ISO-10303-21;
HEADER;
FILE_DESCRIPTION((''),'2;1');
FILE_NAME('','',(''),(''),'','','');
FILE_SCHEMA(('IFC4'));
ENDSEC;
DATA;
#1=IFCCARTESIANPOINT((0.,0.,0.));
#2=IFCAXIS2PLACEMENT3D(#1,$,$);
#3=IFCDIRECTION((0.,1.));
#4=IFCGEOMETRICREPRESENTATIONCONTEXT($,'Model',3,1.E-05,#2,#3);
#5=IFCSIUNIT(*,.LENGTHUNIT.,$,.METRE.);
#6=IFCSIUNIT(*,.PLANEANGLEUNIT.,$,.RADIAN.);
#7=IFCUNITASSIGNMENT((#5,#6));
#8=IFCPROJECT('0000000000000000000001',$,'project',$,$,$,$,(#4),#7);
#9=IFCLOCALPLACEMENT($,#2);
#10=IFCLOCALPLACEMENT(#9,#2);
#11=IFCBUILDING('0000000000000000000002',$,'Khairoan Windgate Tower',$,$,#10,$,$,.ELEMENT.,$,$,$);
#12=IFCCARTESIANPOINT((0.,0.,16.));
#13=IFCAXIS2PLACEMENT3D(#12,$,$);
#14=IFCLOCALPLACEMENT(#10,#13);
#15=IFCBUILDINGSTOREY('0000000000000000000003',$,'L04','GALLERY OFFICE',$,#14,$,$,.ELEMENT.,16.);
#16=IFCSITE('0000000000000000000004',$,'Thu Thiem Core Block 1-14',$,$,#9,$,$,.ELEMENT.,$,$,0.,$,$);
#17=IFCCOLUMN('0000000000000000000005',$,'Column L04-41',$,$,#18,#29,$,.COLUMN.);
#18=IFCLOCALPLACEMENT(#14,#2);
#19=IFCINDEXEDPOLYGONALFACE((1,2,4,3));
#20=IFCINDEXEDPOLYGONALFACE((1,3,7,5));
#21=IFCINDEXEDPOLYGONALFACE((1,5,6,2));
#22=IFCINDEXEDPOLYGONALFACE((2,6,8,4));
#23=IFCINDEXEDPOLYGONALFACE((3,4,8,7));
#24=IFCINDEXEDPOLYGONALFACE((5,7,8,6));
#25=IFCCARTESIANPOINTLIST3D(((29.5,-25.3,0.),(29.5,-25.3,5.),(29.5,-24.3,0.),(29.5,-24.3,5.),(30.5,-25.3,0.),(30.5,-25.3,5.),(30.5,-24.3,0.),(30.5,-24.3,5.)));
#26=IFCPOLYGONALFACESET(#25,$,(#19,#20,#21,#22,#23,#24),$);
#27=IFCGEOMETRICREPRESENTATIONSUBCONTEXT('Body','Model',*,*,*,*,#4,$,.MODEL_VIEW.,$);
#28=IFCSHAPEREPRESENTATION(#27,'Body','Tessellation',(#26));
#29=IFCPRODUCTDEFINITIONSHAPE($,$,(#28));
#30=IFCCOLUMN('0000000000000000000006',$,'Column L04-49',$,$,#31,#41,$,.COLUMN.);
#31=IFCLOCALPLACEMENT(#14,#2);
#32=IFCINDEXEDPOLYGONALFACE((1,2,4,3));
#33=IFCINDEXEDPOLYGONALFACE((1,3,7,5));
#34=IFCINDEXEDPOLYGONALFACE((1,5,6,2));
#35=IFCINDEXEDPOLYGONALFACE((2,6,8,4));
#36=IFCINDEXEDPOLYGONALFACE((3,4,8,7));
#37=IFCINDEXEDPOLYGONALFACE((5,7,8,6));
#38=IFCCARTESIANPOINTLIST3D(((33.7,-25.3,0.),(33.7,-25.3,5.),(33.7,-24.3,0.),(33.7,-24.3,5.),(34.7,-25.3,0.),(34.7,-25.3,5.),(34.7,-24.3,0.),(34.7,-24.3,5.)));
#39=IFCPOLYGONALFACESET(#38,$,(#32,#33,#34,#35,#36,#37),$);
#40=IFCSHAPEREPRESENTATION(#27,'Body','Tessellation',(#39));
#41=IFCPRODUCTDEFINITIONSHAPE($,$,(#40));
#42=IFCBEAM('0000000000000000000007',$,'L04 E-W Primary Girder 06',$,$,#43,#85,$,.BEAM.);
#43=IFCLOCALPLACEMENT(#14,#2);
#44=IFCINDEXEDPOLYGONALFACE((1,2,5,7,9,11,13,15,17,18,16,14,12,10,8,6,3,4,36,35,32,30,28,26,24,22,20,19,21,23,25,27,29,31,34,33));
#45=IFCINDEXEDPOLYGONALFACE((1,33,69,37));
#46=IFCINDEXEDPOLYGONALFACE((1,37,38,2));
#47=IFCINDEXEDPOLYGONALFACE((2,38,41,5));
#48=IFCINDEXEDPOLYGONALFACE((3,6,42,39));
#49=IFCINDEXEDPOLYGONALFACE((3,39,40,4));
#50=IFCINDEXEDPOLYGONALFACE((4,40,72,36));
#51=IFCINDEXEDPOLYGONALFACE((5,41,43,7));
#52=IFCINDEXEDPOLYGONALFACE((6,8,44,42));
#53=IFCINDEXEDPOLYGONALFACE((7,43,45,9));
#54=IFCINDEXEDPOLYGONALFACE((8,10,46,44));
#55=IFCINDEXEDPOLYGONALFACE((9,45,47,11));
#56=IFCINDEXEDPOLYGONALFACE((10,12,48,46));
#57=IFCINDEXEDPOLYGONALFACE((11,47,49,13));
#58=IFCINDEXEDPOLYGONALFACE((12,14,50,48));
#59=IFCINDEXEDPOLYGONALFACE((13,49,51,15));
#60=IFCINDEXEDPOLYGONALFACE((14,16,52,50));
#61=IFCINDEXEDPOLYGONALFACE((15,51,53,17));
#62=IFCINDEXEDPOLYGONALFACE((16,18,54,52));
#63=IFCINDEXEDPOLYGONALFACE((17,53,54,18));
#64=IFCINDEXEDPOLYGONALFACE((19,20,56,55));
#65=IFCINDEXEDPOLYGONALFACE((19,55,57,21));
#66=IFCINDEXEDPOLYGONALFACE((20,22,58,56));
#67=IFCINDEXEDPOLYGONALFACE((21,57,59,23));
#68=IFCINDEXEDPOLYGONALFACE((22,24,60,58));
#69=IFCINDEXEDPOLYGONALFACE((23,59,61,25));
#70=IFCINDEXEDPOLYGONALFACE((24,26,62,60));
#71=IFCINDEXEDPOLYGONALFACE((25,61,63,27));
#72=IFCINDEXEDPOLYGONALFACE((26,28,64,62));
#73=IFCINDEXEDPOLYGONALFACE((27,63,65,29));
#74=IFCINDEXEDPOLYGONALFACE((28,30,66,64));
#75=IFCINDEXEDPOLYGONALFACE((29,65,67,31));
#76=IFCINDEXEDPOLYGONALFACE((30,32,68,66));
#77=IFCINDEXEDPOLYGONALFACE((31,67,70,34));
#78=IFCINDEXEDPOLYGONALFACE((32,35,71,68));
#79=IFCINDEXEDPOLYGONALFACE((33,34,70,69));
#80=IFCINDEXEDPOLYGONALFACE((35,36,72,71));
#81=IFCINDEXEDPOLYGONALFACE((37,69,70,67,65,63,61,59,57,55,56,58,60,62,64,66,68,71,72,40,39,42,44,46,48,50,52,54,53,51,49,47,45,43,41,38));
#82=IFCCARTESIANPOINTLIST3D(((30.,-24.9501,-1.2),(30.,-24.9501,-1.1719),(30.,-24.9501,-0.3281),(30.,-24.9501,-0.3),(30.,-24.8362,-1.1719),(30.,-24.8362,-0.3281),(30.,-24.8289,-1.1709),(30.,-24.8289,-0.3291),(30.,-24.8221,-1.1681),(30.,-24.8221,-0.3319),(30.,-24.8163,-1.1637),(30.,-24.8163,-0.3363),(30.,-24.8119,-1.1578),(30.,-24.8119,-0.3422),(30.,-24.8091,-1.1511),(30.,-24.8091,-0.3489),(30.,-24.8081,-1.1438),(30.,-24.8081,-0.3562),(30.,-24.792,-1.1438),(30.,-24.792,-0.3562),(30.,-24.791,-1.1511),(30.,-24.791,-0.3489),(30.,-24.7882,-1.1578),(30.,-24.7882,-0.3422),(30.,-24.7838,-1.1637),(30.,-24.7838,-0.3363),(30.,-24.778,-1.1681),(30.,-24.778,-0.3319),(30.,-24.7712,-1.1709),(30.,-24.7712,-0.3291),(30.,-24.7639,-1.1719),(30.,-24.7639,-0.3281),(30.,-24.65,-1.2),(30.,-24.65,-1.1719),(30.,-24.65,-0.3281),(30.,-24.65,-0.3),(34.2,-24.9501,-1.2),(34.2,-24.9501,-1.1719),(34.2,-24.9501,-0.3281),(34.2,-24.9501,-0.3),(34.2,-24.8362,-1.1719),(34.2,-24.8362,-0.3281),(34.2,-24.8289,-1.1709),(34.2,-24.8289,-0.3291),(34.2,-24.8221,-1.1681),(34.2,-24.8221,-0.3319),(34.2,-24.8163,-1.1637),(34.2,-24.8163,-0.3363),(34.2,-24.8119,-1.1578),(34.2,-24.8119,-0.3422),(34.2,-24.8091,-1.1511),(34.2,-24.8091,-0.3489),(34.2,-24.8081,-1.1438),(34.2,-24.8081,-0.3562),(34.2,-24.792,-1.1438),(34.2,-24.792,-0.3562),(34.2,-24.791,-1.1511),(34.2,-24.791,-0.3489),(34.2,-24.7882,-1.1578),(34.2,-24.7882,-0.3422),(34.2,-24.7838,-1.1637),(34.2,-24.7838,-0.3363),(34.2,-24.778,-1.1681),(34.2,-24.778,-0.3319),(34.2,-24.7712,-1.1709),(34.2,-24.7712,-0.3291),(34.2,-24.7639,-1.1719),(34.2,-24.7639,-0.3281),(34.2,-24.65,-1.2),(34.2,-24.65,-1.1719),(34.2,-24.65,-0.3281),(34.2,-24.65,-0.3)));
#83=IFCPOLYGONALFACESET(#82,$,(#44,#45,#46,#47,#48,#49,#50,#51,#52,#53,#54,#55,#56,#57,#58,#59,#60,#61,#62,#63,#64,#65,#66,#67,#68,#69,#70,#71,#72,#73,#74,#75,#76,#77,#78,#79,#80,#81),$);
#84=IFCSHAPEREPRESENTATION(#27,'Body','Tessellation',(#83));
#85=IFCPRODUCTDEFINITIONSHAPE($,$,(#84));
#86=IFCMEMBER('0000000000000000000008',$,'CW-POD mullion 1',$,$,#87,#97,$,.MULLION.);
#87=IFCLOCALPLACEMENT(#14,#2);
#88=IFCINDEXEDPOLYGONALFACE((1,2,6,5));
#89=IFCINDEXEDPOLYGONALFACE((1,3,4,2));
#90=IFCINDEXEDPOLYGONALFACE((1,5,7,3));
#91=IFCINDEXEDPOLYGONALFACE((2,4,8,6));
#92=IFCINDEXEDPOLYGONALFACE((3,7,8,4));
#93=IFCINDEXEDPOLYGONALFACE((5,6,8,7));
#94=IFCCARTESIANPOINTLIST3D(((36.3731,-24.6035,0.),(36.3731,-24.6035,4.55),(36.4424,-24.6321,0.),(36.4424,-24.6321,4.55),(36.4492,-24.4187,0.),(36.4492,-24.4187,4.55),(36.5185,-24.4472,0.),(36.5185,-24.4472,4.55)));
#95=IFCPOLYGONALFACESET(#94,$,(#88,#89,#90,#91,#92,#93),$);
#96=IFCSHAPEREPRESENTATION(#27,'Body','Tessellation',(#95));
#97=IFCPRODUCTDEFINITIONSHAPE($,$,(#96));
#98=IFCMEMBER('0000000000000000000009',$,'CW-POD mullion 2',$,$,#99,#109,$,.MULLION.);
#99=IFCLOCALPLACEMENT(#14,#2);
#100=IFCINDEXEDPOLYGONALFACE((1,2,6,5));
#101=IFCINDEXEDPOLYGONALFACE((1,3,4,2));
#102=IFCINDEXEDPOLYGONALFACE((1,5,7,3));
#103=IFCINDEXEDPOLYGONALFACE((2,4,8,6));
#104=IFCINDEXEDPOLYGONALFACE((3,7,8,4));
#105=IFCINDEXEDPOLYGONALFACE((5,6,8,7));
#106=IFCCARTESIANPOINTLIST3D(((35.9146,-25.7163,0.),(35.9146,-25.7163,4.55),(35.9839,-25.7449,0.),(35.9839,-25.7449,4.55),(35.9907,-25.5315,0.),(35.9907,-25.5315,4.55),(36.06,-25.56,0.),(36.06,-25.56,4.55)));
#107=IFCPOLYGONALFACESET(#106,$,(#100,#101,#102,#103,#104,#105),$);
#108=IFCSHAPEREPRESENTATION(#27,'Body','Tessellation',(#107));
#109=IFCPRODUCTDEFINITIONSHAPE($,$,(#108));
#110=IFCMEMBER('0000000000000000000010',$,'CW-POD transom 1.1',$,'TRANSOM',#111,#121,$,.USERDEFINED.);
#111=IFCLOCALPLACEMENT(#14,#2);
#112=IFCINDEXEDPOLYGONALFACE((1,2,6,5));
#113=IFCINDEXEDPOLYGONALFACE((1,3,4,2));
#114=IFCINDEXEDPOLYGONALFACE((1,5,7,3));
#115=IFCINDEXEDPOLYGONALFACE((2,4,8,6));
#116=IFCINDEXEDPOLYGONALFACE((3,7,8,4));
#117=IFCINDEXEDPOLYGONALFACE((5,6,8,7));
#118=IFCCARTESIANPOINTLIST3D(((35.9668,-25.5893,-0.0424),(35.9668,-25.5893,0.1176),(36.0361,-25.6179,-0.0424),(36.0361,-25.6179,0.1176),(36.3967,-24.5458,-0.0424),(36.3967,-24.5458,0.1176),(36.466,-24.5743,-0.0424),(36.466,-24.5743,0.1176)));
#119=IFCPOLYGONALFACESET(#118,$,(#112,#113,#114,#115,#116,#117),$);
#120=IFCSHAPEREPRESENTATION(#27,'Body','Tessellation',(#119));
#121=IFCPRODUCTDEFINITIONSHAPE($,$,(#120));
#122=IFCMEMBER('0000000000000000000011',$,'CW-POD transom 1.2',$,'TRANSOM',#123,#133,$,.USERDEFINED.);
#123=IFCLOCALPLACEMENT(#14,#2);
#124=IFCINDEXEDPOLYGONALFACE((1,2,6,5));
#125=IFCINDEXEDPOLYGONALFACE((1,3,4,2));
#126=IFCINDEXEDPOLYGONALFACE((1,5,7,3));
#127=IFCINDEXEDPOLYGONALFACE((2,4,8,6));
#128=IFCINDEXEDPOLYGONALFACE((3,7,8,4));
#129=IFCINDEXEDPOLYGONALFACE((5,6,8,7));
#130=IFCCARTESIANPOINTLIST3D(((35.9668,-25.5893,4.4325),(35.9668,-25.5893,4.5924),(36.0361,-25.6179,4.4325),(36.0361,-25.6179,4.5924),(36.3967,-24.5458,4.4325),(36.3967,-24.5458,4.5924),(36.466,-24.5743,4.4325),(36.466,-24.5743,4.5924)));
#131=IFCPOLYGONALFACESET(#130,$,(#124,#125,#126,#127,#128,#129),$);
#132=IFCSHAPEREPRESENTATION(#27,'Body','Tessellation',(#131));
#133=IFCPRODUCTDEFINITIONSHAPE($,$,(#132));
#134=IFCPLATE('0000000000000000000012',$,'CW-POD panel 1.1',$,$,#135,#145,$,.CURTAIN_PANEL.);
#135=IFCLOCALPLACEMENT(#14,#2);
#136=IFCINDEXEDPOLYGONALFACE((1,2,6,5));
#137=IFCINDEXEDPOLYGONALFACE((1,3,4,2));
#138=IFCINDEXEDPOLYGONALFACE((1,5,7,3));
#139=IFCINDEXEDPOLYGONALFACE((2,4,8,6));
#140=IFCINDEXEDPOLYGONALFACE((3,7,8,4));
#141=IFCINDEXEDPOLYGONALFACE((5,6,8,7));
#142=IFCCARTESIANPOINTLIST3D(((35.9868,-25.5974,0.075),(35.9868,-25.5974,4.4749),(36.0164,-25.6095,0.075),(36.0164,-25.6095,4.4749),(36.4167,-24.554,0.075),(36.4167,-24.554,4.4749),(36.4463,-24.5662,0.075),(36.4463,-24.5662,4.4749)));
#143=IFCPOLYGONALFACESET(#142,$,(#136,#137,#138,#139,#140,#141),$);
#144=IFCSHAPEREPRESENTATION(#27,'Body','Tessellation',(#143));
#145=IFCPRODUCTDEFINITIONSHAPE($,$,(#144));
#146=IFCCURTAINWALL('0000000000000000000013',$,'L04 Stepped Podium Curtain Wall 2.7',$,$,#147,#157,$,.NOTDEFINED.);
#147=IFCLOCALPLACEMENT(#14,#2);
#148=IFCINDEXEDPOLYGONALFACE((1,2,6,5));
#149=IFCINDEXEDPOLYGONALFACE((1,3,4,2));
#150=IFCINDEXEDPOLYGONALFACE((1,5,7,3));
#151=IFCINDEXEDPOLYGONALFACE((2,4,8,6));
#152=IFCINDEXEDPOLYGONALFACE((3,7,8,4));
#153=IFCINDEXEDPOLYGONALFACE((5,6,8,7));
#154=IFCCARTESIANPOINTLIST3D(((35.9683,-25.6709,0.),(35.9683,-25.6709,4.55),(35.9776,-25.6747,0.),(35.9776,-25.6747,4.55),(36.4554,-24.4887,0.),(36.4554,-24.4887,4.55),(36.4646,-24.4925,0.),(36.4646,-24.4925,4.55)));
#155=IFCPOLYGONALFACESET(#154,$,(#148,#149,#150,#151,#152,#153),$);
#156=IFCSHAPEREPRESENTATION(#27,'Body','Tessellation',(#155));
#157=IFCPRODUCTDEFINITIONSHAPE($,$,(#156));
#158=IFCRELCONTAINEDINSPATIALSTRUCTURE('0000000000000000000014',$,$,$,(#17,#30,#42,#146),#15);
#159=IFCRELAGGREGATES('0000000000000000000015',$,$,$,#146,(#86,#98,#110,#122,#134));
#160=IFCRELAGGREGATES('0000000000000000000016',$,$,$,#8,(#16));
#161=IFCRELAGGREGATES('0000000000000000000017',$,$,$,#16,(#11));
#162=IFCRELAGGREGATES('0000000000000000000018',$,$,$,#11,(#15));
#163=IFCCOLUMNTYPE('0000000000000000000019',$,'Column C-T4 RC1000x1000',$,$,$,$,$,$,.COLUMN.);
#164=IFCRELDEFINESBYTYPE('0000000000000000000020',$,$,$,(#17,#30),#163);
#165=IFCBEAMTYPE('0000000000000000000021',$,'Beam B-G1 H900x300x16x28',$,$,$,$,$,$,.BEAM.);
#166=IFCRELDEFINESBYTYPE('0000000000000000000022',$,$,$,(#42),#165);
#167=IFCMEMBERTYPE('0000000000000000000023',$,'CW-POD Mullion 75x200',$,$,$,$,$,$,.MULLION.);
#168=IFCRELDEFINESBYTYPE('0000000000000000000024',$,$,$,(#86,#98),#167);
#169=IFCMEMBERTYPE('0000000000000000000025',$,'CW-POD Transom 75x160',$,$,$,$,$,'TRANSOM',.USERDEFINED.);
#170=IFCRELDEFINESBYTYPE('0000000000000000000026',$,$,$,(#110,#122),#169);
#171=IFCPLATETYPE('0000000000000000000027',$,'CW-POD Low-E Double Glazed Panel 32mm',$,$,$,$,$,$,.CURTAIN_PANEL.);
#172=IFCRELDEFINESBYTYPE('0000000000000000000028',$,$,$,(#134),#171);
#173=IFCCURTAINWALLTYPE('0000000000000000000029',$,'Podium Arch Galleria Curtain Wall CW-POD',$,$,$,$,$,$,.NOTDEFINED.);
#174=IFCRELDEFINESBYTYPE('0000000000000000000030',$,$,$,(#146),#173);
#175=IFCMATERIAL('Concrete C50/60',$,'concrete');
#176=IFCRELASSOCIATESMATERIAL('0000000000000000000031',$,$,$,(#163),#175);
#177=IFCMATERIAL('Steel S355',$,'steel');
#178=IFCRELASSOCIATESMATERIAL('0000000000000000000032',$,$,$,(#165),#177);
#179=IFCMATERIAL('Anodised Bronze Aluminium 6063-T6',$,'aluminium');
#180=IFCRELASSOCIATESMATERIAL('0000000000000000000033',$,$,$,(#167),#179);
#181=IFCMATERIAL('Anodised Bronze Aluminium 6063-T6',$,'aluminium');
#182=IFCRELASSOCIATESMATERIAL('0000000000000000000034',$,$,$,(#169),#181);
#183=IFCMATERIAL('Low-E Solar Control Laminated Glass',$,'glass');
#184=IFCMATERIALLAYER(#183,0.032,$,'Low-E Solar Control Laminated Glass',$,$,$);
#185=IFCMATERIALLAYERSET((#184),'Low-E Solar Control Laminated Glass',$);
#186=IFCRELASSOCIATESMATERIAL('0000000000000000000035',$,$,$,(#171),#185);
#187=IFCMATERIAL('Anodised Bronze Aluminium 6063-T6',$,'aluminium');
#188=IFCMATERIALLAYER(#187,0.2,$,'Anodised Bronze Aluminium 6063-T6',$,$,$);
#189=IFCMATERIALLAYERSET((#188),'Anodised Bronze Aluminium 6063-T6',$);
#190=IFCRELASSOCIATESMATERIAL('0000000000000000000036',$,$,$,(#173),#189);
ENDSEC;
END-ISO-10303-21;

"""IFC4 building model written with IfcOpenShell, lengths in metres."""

from ifc_helpers import new_model, si_unit, direction, frame, frame_2d, origin, origin_2d, place, context, subcontext, project, spatial, rectangle, i_section, extrude, material, layer, layer_set, material_profile, profile_set, type_object, element, aggregate, save


model = new_model("IFC4")

# Units and contexts
model_context = context("Model", 3, precision=1e-05, world=origin(), true_north=direction((0.0, 1.0)))
body_context = subcontext(model_context, "Body", "Model", "MODEL_VIEW")
ifc_project = project(units=[si_unit("LENGTHUNIT", "METRE"), si_unit("PLANEANGLEUNIT", "RADIAN")], contexts=[model_context])

# Site, building, storey
site_placement = place(None, origin())
site = spatial("IfcSite", under=ifc_project, at=site_placement, Name="Thu Thiem Core Block 1-14", CompositionType="ELEMENT", RefElevation=0.0)
building_placement = place(site_placement, origin())
building = spatial("IfcBuilding", under=site, at=building_placement, Name="Khairoan Windgate Tower", CompositionType="ELEMENT")
storey_placement = place(building_placement, frame((0.0, 0.0, 16.0)))
storey = spatial("IfcBuildingStorey", under=building, at=storey_placement, Name="L04", Description="GALLERY OFFICE", CompositionType="ELEMENT", Elevation=16.0)

# Columns
ifc_material_1 = material(Name="Concrete C50/60", Category="concrete")
ifc_material_profile_1 = material_profile(ifc_material_1, rectangle(XDim=1.0, YDim=1.0, at=origin_2d()))
ifc_profile_set_1 = profile_set([ifc_material_profile_1], Name="Concrete C50/60")
column_type = type_object("IfcColumnType", Name="Column C-T4 RC1000x1000", PredefinedType="COLUMN", material=ifc_profile_set_1)
for number, where, z_axis, x_axis, name in (
    (1, (30.0, -24.8, 0.0), (0.0, 0.0, 1.0), (1.0, 0.0, 0.0), "Column L04-41"),
    (2, (34.2, -24.8, 0.0), (0.0, 0.0, 1.0), (1.0, 0.0, 0.0), "Column L04-49"),
):
    element("IfcColumn", number, at=place(storey_placement, frame(where, z_axis=z_axis, x_axis=x_axis)), inside=storey, type_object=column_type, Name=name, PredefinedType="COLUMN", context=body_context, shape_type="SweptSolid", body=[
        extrude(rectangle(XDim=1.0, YDim=1.0, at=origin_2d()), origin(), (0.0, 0.0, 1.0), 5.0),
    ])

# Beam
ifc_material_2 = material(Name="Steel S355", Category="steel")
ifc_material_profile_2 = material_profile(ifc_material_2, i_section(OverallWidth=0.3, OverallDepth=0.8999, WebThickness=0.0161, FlangeThickness=0.0281, FilletRadius=0.0281, at=origin_2d()))
ifc_profile_set_2 = profile_set([ifc_material_profile_2], Name="Steel S355")
beam_type = type_object("IfcBeamType", Name="Beam B-G1 H900x300x16x28", PredefinedType="BEAM", material=ifc_profile_set_2)
beam_placement = place(storey_placement, frame((30.0, -24.8, -0.75), z_axis=(1.0, 0.0, 0.0), x_axis=(0.0, 1.0, 0.0)))
element("IfcBeam", 3, at=beam_placement, inside=storey, type_object=beam_type, Name="L04 E-W Primary Girder 06", PredefinedType="BEAM", context=body_context, shape_type="SweptSolid", body=[
    extrude(i_section(OverallWidth=0.3, OverallDepth=0.8999, WebThickness=0.0161, FlangeThickness=0.0281, FilletRadius=0.0281, at=origin_2d()), origin(), (0.0, 0.0, 1.0), 4.2),
])

# Members
ifc_material_3 = material(Name="Anodised Bronze Aluminium 6063-T6", Category="aluminium")
ifc_material_profile_3 = material_profile(ifc_material_3, rectangle(XDim=0.075, YDim=0.2, at=origin_2d()))
ifc_profile_set_3 = profile_set([ifc_material_profile_3], Name="Anodised Bronze Aluminium 6063-T6")
member_type_1 = type_object("IfcMemberType", Name="CW-POD Mullion 75x200", PredefinedType="MULLION", material=ifc_profile_set_3)
member_1_placement = place(storey_placement, frame((36.4458, -24.5254, 0.0), z_axis=(0.0, 0.0, 1.0), x_axis=(0.924581, -0.380986, 0.0)))
member_1 = element("IfcMember", 4, at=member_1_placement, type_object=member_type_1, Name="CW-POD mullion 1", PredefinedType="MULLION", context=body_context, shape_type="SweptSolid", body=[
    extrude(rectangle(XDim=0.075, YDim=0.2, at=origin_2d()), origin(), (0.0, 0.0, 1.0), 4.55),
])
member_2_placement = place(storey_placement, frame((35.9873, -25.6382, 0.0), z_axis=(0.0, 0.0, 1.0), x_axis=(0.924581, -0.380986, 0.0)))
member_2 = element("IfcMember", 5, at=member_2_placement, type_object=member_type_1, Name="CW-POD mullion 2", PredefinedType="MULLION", context=body_context, shape_type="SweptSolid", body=[
    extrude(rectangle(XDim=0.075, YDim=0.2, at=origin_2d()), origin(), (0.0, 0.0, 1.0), 4.55),
])
ifc_material_4 = material(Name="Anodised Bronze Aluminium 6063-T6", Category="aluminium")
ifc_material_profile_4 = material_profile(ifc_material_4, rectangle(XDim=0.075, YDim=0.1599, at=origin_2d()))
ifc_profile_set_4 = profile_set([ifc_material_profile_4], Name="Anodised Bronze Aluminium 6063-T6")
member_type_2 = type_object("IfcMemberType", Name="CW-POD Transom 75x160", ElementType="TRANSOM", PredefinedType="USERDEFINED", material=ifc_profile_set_4)
member_3_placement = place(storey_placement, frame((36.4314, -24.5601, 0.0376), z_axis=(-0.380957, -0.924593, 0.0), x_axis=(0.924593, -0.380957, 0.0)))
member_3 = element("IfcMember", 6, at=member_3_placement, type_object=member_type_2, Name="CW-POD transom 1.1", ObjectType="TRANSOM", PredefinedType="USERDEFINED", context=body_context, shape_type="SweptSolid", body=[
    extrude(rectangle(XDim=0.075, YDim=0.1599, at=origin_2d()), origin(), (0.0, 0.0, 1.0), 1.1287),
])
member_4_placement = place(storey_placement, frame((36.4314, -24.5601, 4.5125), z_axis=(-0.380957, -0.924593, 0.0), x_axis=(0.924593, -0.380957, 0.0)))
member_4 = element("IfcMember", 7, at=member_4_placement, type_object=member_type_2, Name="CW-POD transom 1.2", ObjectType="TRANSOM", PredefinedType="USERDEFINED", context=body_context, shape_type="SweptSolid", body=[
    extrude(rectangle(XDim=0.075, YDim=0.1599, at=origin_2d()), origin(), (0.0, 0.0, 1.0), 1.1287),
])

# Plate
ifc_material_5 = material(Name="Low-E Solar Control Laminated Glass", Category="glass")
ifc_layer_1 = layer(ifc_material_5, 0.032, Name="Low-E Solar Control Laminated Glass")
ifc_layer_set_1 = layer_set([ifc_layer_1], Name="Low-E Solar Control Laminated Glass")
plate_type = type_object("IfcPlateType", Name="CW-POD Low-E Double Glazed Panel 32mm", PredefinedType="CURTAIN_PANEL", material=ifc_layer_set_1)
plate_1_placement = place(storey_placement, frame((36.2166, -25.0818, 0.075), z_axis=(0.0, 0.0, 1.0), x_axis=(-0.380986, -0.924581, 0.0)))
plate_1 = element("IfcPlate", 8, at=plate_1_placement, type_object=plate_type, Name="CW-POD panel 1.1", PredefinedType="CURTAIN_PANEL", context=body_context, shape_type="SweptSolid", body=[
    extrude(rectangle(XDim=1.1284, YDim=0.032, at=origin_2d()), origin(), (0.0, 0.0, 1.0), 4.3999),
])

# Curtain wall
ifc_material_6 = material(Name="Anodised Bronze Aluminium 6063-T6", Category="aluminium")
ifc_layer_2 = layer(ifc_material_6, 0.2, Name="Anodised Bronze Aluminium 6063-T6")
ifc_layer_set_2 = layer_set([ifc_layer_2], Name="Anodised Bronze Aluminium 6063-T6")
curtain_wall_type = type_object("IfcCurtainWallType", Name="Podium Arch Galleria Curtain Wall CW-POD", PredefinedType="NOTDEFINED", material=ifc_layer_set_2)
curtain_wall_1_placement = place(storey_placement, frame((36.46, -24.4907, 0.0), z_axis=(0.0, 0.0, 1.0), x_axis=(-0.380951, -0.924595, 0.0)))
curtain_wall_1 = element("IfcCurtainWall", 9, at=curtain_wall_1_placement, inside=storey, type_object=curtain_wall_type, Name="L04 Stepped Podium Curtain Wall 2.7", PredefinedType="NOTDEFINED", context=body_context, shape_type="SweptSolid", body=[
    extrude(rectangle(XDim=1.2786, YDim=0.01, at=frame_2d((0.6392, 0.0))), origin(), (0.0, 0.0, 1.0), 4.55),
])
aggregate(curtain_wall_1, [member_1, member_2, member_3, member_4, plate_1])

save(model, "model.ifc")
